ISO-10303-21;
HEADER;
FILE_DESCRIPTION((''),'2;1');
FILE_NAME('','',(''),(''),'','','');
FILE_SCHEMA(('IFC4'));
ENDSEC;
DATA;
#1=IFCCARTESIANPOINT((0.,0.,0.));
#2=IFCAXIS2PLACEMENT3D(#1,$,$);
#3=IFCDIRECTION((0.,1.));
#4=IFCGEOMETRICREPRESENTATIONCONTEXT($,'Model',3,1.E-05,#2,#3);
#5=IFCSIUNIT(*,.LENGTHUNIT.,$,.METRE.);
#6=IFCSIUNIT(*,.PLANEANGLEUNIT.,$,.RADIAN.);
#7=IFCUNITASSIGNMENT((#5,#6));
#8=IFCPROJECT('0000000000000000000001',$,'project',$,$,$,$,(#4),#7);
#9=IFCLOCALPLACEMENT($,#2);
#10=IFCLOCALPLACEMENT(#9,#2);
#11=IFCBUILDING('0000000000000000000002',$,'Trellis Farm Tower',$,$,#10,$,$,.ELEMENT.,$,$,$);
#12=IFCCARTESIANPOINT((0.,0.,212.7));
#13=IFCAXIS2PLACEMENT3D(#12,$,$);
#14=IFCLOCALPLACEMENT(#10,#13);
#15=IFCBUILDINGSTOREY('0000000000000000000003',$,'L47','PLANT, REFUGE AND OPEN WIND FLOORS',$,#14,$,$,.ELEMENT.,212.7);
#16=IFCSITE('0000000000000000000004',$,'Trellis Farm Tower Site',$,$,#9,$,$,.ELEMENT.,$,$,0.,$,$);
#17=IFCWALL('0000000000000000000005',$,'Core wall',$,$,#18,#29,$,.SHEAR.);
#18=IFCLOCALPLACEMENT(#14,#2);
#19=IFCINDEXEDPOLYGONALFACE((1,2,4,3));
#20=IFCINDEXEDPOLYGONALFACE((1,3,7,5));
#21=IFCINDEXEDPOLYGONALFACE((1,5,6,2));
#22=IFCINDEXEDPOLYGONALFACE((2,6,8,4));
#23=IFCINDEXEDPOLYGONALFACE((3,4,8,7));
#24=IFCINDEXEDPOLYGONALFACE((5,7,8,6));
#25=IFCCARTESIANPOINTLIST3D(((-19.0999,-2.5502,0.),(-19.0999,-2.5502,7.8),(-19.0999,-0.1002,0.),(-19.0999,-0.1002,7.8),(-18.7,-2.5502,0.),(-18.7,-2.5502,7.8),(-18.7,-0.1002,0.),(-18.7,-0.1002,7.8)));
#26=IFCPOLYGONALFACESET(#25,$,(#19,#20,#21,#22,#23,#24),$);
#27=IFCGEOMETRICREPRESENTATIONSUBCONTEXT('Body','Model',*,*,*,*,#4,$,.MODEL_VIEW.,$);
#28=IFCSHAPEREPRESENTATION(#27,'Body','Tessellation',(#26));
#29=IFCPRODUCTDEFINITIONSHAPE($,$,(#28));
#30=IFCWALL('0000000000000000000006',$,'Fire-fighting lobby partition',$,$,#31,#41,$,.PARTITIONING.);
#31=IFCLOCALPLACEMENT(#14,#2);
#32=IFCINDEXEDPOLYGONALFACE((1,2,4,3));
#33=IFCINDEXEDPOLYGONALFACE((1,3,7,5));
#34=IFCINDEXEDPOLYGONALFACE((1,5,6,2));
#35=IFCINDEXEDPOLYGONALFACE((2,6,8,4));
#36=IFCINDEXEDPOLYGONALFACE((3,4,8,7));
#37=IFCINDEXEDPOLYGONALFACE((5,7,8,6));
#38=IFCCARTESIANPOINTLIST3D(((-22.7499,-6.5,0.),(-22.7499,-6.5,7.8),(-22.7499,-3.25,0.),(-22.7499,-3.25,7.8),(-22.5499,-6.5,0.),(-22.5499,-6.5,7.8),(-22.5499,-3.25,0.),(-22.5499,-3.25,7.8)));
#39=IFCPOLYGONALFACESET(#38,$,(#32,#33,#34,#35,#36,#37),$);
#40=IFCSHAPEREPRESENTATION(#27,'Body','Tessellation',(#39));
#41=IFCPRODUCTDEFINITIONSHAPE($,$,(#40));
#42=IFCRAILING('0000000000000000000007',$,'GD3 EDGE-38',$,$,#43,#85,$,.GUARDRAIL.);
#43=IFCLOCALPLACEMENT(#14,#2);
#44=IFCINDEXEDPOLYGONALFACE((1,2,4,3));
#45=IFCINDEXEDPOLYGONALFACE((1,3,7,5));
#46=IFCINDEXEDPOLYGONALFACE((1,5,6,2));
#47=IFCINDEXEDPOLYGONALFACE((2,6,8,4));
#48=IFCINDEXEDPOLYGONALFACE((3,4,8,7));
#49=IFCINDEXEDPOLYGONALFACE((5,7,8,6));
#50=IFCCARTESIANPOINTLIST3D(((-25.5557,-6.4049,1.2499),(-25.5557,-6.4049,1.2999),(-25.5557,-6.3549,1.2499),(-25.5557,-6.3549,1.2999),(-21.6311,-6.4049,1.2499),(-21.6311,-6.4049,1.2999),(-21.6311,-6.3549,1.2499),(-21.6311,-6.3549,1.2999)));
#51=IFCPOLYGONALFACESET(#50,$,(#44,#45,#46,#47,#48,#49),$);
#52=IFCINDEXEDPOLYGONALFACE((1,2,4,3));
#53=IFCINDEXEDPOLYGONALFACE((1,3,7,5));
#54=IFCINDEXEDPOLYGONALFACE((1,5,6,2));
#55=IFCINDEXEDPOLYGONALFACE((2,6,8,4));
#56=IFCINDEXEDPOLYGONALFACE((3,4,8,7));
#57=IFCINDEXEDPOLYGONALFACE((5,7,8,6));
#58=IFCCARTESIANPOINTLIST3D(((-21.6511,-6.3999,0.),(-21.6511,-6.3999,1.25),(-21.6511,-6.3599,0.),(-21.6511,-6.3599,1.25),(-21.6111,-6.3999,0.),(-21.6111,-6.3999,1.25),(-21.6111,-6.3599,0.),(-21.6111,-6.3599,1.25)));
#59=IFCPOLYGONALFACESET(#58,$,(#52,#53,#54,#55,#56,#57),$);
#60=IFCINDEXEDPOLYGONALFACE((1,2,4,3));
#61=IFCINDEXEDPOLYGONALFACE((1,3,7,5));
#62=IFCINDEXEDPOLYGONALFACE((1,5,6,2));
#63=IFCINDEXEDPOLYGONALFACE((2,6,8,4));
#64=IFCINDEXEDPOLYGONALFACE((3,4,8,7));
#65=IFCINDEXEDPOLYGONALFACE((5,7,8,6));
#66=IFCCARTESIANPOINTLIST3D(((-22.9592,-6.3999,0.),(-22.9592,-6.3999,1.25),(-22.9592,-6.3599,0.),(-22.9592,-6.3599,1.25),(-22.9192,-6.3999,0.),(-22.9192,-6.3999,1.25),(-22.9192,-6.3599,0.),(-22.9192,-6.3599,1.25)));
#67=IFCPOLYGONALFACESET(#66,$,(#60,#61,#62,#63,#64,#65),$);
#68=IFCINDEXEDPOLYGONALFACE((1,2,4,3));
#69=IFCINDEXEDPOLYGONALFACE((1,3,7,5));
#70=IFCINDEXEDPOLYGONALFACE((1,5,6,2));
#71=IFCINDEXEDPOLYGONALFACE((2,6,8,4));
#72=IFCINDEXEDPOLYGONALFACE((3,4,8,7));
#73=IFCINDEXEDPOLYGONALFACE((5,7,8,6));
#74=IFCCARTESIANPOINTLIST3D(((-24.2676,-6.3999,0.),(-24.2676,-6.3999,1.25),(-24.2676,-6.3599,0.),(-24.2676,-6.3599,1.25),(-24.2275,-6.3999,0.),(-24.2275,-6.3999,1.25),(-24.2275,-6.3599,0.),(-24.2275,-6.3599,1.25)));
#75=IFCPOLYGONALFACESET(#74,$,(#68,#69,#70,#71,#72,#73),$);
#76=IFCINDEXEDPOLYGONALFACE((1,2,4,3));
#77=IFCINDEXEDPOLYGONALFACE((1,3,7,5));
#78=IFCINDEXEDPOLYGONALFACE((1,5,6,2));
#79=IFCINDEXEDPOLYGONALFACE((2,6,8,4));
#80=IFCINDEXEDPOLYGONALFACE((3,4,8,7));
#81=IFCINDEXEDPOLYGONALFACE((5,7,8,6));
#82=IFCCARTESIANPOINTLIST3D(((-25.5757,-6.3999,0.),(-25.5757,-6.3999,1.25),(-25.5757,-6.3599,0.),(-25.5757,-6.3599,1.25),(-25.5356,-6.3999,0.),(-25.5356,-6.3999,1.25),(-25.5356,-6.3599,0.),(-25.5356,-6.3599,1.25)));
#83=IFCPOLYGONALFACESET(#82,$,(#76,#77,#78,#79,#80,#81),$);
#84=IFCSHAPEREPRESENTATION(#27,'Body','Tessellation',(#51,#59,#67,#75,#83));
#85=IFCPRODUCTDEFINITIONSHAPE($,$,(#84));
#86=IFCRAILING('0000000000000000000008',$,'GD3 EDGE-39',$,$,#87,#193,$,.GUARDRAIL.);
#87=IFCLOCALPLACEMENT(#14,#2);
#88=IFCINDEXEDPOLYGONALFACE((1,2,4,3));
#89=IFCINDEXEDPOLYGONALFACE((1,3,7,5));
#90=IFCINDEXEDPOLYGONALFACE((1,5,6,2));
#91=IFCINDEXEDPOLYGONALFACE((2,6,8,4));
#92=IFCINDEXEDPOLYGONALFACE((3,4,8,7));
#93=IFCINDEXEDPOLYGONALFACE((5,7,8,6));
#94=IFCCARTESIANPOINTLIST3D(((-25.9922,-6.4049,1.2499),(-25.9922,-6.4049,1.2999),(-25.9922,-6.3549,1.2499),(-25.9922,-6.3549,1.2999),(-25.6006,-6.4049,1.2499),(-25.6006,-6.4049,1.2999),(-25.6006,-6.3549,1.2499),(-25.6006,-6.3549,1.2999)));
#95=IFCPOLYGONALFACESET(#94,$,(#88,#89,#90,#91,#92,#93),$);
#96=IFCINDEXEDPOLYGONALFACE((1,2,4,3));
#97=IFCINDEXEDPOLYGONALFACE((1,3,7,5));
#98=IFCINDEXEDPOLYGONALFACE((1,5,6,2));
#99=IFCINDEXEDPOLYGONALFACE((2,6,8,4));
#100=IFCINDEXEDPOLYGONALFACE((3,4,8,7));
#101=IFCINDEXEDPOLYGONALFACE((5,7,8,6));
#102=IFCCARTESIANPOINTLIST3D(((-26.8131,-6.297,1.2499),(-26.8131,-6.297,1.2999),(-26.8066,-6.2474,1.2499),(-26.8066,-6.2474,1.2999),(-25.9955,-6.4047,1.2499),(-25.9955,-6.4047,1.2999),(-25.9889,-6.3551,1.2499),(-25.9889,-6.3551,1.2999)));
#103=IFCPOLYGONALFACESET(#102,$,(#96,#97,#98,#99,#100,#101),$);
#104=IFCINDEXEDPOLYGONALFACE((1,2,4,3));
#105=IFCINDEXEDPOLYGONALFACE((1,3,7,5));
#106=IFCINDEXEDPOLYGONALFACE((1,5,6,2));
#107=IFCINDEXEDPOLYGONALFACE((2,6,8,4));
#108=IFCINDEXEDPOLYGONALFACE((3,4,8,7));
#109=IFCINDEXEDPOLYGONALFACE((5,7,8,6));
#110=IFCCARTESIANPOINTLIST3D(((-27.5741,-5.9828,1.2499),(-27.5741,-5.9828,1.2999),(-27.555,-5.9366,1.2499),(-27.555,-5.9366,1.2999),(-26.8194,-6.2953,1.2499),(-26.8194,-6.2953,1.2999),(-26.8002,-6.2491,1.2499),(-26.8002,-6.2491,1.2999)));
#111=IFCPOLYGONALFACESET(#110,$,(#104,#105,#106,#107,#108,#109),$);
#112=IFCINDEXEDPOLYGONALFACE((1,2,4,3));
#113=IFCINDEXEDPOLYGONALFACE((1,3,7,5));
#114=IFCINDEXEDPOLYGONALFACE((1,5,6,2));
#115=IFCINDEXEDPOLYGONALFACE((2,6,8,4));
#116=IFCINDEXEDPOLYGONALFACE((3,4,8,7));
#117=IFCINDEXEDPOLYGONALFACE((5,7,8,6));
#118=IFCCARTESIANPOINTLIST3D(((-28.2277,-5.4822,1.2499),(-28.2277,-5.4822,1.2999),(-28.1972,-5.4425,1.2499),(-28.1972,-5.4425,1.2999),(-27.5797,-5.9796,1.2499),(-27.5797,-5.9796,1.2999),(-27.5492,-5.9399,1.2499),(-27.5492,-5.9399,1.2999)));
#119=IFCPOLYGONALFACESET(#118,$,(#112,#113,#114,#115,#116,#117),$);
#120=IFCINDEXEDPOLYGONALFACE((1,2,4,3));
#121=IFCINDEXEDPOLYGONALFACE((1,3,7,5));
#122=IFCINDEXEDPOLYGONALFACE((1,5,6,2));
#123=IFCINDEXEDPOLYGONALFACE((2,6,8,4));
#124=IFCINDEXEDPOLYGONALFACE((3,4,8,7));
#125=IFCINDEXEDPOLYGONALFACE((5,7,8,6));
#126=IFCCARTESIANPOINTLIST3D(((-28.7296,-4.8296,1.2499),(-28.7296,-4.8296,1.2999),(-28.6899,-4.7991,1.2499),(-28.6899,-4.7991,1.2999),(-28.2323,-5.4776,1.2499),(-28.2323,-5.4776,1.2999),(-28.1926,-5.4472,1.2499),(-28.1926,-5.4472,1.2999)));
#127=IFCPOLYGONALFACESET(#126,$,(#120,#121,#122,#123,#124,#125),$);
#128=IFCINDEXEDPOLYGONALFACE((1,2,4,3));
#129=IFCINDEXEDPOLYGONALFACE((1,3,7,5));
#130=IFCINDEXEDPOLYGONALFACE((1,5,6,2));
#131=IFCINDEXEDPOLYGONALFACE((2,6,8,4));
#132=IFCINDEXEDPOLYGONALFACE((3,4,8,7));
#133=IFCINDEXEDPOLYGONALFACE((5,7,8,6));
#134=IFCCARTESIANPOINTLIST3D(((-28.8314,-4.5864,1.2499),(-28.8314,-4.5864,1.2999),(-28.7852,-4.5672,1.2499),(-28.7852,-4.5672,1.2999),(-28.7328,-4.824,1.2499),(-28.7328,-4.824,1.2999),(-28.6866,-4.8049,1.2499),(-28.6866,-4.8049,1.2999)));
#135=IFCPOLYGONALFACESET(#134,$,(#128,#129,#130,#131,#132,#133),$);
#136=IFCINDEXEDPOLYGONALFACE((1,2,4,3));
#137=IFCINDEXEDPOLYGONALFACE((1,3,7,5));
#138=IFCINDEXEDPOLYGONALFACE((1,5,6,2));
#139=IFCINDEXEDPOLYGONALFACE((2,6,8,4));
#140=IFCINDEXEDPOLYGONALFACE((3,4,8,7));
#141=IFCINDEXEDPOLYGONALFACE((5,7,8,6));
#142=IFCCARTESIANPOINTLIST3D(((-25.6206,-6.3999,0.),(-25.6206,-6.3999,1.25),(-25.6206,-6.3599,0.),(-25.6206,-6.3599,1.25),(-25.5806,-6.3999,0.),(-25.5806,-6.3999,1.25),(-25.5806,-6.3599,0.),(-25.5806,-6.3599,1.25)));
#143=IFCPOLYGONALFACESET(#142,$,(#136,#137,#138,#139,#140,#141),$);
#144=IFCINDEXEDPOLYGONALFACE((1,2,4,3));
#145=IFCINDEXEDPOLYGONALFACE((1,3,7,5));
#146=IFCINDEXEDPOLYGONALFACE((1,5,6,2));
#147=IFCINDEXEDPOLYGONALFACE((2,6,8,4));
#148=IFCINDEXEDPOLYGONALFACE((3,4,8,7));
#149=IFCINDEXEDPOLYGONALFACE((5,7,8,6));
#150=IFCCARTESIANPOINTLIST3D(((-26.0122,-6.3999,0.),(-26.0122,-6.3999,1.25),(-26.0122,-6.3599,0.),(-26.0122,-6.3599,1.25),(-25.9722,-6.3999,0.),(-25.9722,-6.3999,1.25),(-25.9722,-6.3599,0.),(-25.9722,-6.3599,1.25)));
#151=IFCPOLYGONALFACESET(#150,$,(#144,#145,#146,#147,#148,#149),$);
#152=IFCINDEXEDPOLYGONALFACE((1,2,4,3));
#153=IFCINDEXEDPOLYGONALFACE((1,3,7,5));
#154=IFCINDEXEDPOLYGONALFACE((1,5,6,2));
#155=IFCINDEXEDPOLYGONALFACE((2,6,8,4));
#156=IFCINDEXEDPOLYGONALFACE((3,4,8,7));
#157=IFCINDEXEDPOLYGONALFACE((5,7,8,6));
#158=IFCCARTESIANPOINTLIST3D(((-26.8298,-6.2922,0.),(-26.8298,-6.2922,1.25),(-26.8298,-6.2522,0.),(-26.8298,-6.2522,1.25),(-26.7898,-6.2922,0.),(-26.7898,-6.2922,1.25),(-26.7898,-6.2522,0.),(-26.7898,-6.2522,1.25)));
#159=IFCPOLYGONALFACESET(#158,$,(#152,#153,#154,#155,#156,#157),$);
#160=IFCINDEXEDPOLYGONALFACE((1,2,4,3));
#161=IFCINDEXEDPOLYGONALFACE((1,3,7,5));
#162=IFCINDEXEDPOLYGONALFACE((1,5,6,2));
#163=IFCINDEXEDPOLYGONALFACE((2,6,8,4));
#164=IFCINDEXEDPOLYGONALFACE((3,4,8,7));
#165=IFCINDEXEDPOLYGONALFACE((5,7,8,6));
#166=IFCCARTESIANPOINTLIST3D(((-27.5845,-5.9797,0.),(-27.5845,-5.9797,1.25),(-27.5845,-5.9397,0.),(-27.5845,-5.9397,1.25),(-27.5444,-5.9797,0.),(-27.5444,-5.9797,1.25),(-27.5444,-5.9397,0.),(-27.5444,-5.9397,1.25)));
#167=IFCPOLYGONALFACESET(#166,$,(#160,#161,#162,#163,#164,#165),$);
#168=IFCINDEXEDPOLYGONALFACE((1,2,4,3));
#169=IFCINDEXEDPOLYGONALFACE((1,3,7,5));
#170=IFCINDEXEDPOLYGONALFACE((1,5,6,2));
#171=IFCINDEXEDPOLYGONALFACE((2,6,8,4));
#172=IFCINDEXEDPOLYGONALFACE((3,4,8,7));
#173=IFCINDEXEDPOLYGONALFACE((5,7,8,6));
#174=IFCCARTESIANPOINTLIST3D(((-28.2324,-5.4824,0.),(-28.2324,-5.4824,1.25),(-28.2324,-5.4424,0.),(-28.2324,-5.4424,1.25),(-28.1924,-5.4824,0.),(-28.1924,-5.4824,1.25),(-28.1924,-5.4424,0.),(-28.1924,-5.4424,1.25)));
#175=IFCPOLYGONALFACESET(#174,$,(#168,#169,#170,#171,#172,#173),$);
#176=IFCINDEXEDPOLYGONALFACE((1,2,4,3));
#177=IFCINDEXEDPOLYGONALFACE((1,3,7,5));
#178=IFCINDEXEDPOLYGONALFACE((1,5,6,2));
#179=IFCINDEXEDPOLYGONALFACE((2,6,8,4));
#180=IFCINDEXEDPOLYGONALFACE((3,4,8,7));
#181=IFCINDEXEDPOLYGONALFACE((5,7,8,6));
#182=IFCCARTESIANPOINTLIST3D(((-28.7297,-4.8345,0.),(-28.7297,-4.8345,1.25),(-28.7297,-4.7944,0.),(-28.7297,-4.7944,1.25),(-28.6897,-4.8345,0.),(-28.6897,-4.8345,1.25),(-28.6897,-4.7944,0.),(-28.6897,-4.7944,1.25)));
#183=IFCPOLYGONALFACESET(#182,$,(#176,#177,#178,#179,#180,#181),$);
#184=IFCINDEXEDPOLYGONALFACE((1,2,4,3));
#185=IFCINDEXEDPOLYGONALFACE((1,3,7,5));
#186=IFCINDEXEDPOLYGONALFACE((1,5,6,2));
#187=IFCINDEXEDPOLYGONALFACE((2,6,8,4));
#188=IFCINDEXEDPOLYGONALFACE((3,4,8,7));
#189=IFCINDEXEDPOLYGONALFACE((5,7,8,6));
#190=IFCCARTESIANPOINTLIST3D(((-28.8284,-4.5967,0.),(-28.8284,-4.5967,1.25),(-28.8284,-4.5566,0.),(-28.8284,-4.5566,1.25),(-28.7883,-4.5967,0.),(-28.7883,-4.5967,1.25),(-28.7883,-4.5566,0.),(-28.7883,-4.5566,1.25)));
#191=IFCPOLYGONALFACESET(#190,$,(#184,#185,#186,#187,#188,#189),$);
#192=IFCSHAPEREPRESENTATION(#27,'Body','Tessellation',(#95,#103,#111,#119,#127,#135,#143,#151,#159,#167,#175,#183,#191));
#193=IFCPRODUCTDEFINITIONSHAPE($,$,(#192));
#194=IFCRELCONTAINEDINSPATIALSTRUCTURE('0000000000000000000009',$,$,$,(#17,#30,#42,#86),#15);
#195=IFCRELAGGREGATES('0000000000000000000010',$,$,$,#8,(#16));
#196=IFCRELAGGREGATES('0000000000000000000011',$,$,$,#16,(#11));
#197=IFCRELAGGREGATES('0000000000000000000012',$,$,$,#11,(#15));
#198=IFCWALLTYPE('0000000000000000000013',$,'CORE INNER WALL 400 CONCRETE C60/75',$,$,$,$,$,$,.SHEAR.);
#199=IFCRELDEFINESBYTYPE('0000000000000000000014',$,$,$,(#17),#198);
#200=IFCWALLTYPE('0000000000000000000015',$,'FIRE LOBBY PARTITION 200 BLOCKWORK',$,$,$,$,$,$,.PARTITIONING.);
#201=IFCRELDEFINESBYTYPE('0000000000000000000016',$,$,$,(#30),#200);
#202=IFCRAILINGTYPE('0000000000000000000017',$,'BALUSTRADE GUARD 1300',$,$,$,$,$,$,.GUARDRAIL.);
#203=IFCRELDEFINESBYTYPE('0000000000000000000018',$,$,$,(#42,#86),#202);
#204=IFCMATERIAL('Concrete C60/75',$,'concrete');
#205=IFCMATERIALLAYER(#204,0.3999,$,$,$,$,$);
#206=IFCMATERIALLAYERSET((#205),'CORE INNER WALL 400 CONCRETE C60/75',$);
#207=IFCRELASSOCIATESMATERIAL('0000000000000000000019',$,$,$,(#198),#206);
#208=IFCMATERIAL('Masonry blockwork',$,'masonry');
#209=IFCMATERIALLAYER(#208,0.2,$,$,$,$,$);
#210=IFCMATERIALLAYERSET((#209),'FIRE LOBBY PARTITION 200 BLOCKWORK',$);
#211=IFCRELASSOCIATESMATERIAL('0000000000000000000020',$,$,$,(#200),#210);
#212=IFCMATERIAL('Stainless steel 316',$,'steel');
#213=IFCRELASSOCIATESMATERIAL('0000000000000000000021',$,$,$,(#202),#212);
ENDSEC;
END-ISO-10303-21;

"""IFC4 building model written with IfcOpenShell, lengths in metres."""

from ifc_helpers import new_model, si_unit, direction, frame, frame_2d, origin, origin_2d, place, context, subcontext, project, spatial, rectangle, extrude, source, transform, mapped, material, layer, layer_set, type_object, element, save


model = new_model("IFC4")

# Units and contexts
model_context = context("Model", 3, precision=1e-05, world=origin(), true_north=direction((0.0, 1.0)))
body_context = subcontext(model_context, "Body", "Model", "MODEL_VIEW")
ifc_project = project(units=[si_unit("LENGTHUNIT", "METRE"), si_unit("PLANEANGLEUNIT", "RADIAN")], contexts=[model_context])

# Site, building, storey
site_placement = place(None, origin())
site = spatial("IfcSite", under=ifc_project, at=site_placement, Name="Trellis Farm Tower Site", CompositionType="ELEMENT", RefElevation=0.0)
building_placement = place(site_placement, origin())
building = spatial("IfcBuilding", under=site, at=building_placement, Name="Trellis Farm Tower", CompositionType="ELEMENT")
storey_placement = place(building_placement, frame((0.0, 0.0, 212.7)))
storey = spatial("IfcBuildingStorey", under=building, at=storey_placement, Name="L47", Description="PLANT, REFUGE AND OPEN WIND FLOORS", CompositionType="ELEMENT", Elevation=212.7)

# Shared definitions
ifc_material_1 = material(Name="Concrete C60/75", Category="concrete")

# Walls
ifc_layer_1 = layer(ifc_material_1, 0.3999)
ifc_layer_set_1 = layer_set([ifc_layer_1], Name="CORE INNER WALL 400 CONCRETE C60/75")
wall_type_1 = type_object("IfcWallType", Name="CORE INNER WALL 400 CONCRETE C60/75", PredefinedType="SHEAR", material=ifc_layer_set_1)
shared_shape_1 = source(origin(), body_context, "Body", "SweptSolid", [
    extrude(rectangle(XDim=2.45, YDim=0.3999, at=frame_2d((1.2251, 0.0))), origin(), (0.0, 0.0, 1.0), 7.8),
])
wall_1_placement = place(storey_placement, frame((-18.8999, -0.1001, 0.0), z_axis=(0.0, 0.0, 1.0), x_axis=(0.0, -1.0, 0.0)))
element("IfcWall", 1, at=wall_1_placement, inside=storey, type_object=wall_type_1, Name="Core wall", PredefinedType="SHEAR", context=body_context, shape_type="MappedRepresentation", body=[
    mapped(shared_shape_1, transform((0.0, 0.0, 0.0))),
])
ifc_material_2 = material(Name="Masonry blockwork", Category="masonry")
ifc_layer_2 = layer(ifc_material_2, 0.2)
ifc_layer_set_2 = layer_set([ifc_layer_2], Name="FIRE LOBBY PARTITION 200 BLOCKWORK")
wall_type_2 = type_object("IfcWallType", Name="FIRE LOBBY PARTITION 200 BLOCKWORK", PredefinedType="PARTITIONING", material=ifc_layer_set_2)
shared_shape_2 = source(origin(), body_context, "Body", "SweptSolid", [
    extrude(rectangle(XDim=3.25, YDim=0.2, at=frame_2d((1.625, 0.0))), origin(), (0.0, 0.0, 1.0), 7.8),
])
wall_2_placement = place(storey_placement, frame((-22.6499, -3.25, 0.0), z_axis=(0.0, 0.0, 1.0), x_axis=(0.0, -1.0, 0.0)))
element("IfcWall", 2, at=wall_2_placement, inside=storey, type_object=wall_type_2, Name="Fire-fighting lobby partition", PredefinedType="PARTITIONING", context=body_context, shape_type="MappedRepresentation", body=[
    mapped(shared_shape_2, transform((0.0, 0.0, 0.0))),
])

# Railings
ifc_material_3 = material(Name="Stainless steel 316", Category="steel")
railing_type_1 = type_object("IfcRailingType", Name="BALUSTRADE GUARD 1300", PredefinedType="GUARDRAIL", material=ifc_material_3)
railing_1_placement = place(storey_placement, frame((-21.6311, -6.3799, 0.0)))
element("IfcRailing", 3, at=railing_1_placement, inside=storey, type_object=railing_type_1, Name="GD3 EDGE-38", PredefinedType="GUARDRAIL", context=body_context, shape_type="SweptSolid", body=[
    extrude(rectangle(XDim=0.05, YDim=0.05, at=origin_2d()), frame((0.0, 0.0, 1.2749), z_axis=(-1.0, 0.0, 0.0), x_axis=(0.0, -1.0, 0.0)), (0.0, 0.0, 1.0), 3.9246),
    extrude(rectangle(XDim=0.04, YDim=0.04, at=origin_2d()), origin(), (0.0, 0.0, 1.0), 1.25),
    extrude(rectangle(XDim=0.04, YDim=0.04, at=origin_2d()), frame((-1.3081, 0.0, 0.0)), (0.0, 0.0, 1.0), 1.25),
    extrude(rectangle(XDim=0.04, YDim=0.04, at=origin_2d()), frame((-2.6165, 0.0, 0.0)), (0.0, 0.0, 1.0), 1.25),
    extrude(rectangle(XDim=0.04, YDim=0.04, at=origin_2d()), frame((-3.9246, 0.0, 0.0)), (0.0, 0.0, 1.0), 1.25),
])
railing_2_placement = place(storey_placement, frame((-25.6006, -6.3799, 0.0)))
element("IfcRailing", 4, at=railing_2_placement, inside=storey, type_object=railing_type_1, Name="GD3 EDGE-39", PredefinedType="GUARDRAIL", context=body_context, shape_type="SweptSolid", body=[
    extrude(rectangle(XDim=0.05, YDim=0.05, at=origin_2d()), frame((0.0, 0.0, 1.2749), z_axis=(-1.0, 0.0, 0.0), x_axis=(0.0, -1.0, 0.0)), (0.0, 0.0, 1.0), 0.3916),
    extrude(rectangle(XDim=0.05, YDim=0.05, at=origin_2d()), frame((-0.3916, 0.0, 1.2749), z_axis=(-0.991441, 0.130554, 0.0), x_axis=(-0.130554, -0.991441, 0.0)), (0.0, 0.0, 1.0), 0.8247),
    extrude(rectangle(XDim=0.05, YDim=0.05, at=origin_2d()), frame((-1.2092, 0.1077, 1.2749), z_axis=(-0.923915, 0.382598, 0.0), x_axis=(-0.382598, -0.923915, 0.0)), (0.0, 0.0, 1.0), 0.8169),
    extrude(rectangle(XDim=0.05, YDim=0.05, at=origin_2d()), frame((-1.9639, 0.4202, 1.2749), z_axis=(-0.793279, 0.608858, 0.0), x_axis=(-0.608858, -0.793279, 0.0)), (0.0, 0.0, 1.0), 0.8169),
    extrude(rectangle(XDim=0.05, YDim=0.05, at=origin_2d()), frame((-2.6118, 0.9175, 1.2749), z_axis=(-0.608858, 0.793279, 0.0), x_axis=(-0.793279, -0.608858, 0.0)), (0.0, 0.0, 1.0), 0.8169),
    extrude(rectangle(XDim=0.05, YDim=0.05, at=origin_2d()), frame((-3.1091, 1.5654, 1.2749), z_axis=(-0.383133, 0.923693, 0.0), x_axis=(-0.923693, -0.383133, 0.0)), (0.0, 0.0, 1.0), 0.2573),
    extrude(rectangle(XDim=0.04, YDim=0.04, at=origin_2d()), origin(), (0.0, 0.0, 1.0), 1.25),
    extrude(rectangle(XDim=0.04, YDim=0.04, at=origin_2d()), frame((-0.3916, 0.0, 0.0)), (0.0, 0.0, 1.0), 1.25),
    extrude(rectangle(XDim=0.04, YDim=0.04, at=origin_2d()), frame((-1.2092, 0.1077, 0.0)), (0.0, 0.0, 1.0), 1.25),
    extrude(rectangle(XDim=0.04, YDim=0.04, at=origin_2d()), frame((-1.9639, 0.4202, 0.0)), (0.0, 0.0, 1.0), 1.25),
    extrude(rectangle(XDim=0.04, YDim=0.04, at=origin_2d()), frame((-2.6118, 0.9175, 0.0)), (0.0, 0.0, 1.0), 1.25),
    extrude(rectangle(XDim=0.04, YDim=0.04, at=origin_2d()), frame((-3.1091, 1.5654, 0.0)), (0.0, 0.0, 1.0), 1.25),
    extrude(rectangle(XDim=0.04, YDim=0.04, at=origin_2d()), frame((-3.2078, 1.8032, 0.0)), (0.0, 0.0, 1.0), 1.25),
])

save(model, "model.ifc")
